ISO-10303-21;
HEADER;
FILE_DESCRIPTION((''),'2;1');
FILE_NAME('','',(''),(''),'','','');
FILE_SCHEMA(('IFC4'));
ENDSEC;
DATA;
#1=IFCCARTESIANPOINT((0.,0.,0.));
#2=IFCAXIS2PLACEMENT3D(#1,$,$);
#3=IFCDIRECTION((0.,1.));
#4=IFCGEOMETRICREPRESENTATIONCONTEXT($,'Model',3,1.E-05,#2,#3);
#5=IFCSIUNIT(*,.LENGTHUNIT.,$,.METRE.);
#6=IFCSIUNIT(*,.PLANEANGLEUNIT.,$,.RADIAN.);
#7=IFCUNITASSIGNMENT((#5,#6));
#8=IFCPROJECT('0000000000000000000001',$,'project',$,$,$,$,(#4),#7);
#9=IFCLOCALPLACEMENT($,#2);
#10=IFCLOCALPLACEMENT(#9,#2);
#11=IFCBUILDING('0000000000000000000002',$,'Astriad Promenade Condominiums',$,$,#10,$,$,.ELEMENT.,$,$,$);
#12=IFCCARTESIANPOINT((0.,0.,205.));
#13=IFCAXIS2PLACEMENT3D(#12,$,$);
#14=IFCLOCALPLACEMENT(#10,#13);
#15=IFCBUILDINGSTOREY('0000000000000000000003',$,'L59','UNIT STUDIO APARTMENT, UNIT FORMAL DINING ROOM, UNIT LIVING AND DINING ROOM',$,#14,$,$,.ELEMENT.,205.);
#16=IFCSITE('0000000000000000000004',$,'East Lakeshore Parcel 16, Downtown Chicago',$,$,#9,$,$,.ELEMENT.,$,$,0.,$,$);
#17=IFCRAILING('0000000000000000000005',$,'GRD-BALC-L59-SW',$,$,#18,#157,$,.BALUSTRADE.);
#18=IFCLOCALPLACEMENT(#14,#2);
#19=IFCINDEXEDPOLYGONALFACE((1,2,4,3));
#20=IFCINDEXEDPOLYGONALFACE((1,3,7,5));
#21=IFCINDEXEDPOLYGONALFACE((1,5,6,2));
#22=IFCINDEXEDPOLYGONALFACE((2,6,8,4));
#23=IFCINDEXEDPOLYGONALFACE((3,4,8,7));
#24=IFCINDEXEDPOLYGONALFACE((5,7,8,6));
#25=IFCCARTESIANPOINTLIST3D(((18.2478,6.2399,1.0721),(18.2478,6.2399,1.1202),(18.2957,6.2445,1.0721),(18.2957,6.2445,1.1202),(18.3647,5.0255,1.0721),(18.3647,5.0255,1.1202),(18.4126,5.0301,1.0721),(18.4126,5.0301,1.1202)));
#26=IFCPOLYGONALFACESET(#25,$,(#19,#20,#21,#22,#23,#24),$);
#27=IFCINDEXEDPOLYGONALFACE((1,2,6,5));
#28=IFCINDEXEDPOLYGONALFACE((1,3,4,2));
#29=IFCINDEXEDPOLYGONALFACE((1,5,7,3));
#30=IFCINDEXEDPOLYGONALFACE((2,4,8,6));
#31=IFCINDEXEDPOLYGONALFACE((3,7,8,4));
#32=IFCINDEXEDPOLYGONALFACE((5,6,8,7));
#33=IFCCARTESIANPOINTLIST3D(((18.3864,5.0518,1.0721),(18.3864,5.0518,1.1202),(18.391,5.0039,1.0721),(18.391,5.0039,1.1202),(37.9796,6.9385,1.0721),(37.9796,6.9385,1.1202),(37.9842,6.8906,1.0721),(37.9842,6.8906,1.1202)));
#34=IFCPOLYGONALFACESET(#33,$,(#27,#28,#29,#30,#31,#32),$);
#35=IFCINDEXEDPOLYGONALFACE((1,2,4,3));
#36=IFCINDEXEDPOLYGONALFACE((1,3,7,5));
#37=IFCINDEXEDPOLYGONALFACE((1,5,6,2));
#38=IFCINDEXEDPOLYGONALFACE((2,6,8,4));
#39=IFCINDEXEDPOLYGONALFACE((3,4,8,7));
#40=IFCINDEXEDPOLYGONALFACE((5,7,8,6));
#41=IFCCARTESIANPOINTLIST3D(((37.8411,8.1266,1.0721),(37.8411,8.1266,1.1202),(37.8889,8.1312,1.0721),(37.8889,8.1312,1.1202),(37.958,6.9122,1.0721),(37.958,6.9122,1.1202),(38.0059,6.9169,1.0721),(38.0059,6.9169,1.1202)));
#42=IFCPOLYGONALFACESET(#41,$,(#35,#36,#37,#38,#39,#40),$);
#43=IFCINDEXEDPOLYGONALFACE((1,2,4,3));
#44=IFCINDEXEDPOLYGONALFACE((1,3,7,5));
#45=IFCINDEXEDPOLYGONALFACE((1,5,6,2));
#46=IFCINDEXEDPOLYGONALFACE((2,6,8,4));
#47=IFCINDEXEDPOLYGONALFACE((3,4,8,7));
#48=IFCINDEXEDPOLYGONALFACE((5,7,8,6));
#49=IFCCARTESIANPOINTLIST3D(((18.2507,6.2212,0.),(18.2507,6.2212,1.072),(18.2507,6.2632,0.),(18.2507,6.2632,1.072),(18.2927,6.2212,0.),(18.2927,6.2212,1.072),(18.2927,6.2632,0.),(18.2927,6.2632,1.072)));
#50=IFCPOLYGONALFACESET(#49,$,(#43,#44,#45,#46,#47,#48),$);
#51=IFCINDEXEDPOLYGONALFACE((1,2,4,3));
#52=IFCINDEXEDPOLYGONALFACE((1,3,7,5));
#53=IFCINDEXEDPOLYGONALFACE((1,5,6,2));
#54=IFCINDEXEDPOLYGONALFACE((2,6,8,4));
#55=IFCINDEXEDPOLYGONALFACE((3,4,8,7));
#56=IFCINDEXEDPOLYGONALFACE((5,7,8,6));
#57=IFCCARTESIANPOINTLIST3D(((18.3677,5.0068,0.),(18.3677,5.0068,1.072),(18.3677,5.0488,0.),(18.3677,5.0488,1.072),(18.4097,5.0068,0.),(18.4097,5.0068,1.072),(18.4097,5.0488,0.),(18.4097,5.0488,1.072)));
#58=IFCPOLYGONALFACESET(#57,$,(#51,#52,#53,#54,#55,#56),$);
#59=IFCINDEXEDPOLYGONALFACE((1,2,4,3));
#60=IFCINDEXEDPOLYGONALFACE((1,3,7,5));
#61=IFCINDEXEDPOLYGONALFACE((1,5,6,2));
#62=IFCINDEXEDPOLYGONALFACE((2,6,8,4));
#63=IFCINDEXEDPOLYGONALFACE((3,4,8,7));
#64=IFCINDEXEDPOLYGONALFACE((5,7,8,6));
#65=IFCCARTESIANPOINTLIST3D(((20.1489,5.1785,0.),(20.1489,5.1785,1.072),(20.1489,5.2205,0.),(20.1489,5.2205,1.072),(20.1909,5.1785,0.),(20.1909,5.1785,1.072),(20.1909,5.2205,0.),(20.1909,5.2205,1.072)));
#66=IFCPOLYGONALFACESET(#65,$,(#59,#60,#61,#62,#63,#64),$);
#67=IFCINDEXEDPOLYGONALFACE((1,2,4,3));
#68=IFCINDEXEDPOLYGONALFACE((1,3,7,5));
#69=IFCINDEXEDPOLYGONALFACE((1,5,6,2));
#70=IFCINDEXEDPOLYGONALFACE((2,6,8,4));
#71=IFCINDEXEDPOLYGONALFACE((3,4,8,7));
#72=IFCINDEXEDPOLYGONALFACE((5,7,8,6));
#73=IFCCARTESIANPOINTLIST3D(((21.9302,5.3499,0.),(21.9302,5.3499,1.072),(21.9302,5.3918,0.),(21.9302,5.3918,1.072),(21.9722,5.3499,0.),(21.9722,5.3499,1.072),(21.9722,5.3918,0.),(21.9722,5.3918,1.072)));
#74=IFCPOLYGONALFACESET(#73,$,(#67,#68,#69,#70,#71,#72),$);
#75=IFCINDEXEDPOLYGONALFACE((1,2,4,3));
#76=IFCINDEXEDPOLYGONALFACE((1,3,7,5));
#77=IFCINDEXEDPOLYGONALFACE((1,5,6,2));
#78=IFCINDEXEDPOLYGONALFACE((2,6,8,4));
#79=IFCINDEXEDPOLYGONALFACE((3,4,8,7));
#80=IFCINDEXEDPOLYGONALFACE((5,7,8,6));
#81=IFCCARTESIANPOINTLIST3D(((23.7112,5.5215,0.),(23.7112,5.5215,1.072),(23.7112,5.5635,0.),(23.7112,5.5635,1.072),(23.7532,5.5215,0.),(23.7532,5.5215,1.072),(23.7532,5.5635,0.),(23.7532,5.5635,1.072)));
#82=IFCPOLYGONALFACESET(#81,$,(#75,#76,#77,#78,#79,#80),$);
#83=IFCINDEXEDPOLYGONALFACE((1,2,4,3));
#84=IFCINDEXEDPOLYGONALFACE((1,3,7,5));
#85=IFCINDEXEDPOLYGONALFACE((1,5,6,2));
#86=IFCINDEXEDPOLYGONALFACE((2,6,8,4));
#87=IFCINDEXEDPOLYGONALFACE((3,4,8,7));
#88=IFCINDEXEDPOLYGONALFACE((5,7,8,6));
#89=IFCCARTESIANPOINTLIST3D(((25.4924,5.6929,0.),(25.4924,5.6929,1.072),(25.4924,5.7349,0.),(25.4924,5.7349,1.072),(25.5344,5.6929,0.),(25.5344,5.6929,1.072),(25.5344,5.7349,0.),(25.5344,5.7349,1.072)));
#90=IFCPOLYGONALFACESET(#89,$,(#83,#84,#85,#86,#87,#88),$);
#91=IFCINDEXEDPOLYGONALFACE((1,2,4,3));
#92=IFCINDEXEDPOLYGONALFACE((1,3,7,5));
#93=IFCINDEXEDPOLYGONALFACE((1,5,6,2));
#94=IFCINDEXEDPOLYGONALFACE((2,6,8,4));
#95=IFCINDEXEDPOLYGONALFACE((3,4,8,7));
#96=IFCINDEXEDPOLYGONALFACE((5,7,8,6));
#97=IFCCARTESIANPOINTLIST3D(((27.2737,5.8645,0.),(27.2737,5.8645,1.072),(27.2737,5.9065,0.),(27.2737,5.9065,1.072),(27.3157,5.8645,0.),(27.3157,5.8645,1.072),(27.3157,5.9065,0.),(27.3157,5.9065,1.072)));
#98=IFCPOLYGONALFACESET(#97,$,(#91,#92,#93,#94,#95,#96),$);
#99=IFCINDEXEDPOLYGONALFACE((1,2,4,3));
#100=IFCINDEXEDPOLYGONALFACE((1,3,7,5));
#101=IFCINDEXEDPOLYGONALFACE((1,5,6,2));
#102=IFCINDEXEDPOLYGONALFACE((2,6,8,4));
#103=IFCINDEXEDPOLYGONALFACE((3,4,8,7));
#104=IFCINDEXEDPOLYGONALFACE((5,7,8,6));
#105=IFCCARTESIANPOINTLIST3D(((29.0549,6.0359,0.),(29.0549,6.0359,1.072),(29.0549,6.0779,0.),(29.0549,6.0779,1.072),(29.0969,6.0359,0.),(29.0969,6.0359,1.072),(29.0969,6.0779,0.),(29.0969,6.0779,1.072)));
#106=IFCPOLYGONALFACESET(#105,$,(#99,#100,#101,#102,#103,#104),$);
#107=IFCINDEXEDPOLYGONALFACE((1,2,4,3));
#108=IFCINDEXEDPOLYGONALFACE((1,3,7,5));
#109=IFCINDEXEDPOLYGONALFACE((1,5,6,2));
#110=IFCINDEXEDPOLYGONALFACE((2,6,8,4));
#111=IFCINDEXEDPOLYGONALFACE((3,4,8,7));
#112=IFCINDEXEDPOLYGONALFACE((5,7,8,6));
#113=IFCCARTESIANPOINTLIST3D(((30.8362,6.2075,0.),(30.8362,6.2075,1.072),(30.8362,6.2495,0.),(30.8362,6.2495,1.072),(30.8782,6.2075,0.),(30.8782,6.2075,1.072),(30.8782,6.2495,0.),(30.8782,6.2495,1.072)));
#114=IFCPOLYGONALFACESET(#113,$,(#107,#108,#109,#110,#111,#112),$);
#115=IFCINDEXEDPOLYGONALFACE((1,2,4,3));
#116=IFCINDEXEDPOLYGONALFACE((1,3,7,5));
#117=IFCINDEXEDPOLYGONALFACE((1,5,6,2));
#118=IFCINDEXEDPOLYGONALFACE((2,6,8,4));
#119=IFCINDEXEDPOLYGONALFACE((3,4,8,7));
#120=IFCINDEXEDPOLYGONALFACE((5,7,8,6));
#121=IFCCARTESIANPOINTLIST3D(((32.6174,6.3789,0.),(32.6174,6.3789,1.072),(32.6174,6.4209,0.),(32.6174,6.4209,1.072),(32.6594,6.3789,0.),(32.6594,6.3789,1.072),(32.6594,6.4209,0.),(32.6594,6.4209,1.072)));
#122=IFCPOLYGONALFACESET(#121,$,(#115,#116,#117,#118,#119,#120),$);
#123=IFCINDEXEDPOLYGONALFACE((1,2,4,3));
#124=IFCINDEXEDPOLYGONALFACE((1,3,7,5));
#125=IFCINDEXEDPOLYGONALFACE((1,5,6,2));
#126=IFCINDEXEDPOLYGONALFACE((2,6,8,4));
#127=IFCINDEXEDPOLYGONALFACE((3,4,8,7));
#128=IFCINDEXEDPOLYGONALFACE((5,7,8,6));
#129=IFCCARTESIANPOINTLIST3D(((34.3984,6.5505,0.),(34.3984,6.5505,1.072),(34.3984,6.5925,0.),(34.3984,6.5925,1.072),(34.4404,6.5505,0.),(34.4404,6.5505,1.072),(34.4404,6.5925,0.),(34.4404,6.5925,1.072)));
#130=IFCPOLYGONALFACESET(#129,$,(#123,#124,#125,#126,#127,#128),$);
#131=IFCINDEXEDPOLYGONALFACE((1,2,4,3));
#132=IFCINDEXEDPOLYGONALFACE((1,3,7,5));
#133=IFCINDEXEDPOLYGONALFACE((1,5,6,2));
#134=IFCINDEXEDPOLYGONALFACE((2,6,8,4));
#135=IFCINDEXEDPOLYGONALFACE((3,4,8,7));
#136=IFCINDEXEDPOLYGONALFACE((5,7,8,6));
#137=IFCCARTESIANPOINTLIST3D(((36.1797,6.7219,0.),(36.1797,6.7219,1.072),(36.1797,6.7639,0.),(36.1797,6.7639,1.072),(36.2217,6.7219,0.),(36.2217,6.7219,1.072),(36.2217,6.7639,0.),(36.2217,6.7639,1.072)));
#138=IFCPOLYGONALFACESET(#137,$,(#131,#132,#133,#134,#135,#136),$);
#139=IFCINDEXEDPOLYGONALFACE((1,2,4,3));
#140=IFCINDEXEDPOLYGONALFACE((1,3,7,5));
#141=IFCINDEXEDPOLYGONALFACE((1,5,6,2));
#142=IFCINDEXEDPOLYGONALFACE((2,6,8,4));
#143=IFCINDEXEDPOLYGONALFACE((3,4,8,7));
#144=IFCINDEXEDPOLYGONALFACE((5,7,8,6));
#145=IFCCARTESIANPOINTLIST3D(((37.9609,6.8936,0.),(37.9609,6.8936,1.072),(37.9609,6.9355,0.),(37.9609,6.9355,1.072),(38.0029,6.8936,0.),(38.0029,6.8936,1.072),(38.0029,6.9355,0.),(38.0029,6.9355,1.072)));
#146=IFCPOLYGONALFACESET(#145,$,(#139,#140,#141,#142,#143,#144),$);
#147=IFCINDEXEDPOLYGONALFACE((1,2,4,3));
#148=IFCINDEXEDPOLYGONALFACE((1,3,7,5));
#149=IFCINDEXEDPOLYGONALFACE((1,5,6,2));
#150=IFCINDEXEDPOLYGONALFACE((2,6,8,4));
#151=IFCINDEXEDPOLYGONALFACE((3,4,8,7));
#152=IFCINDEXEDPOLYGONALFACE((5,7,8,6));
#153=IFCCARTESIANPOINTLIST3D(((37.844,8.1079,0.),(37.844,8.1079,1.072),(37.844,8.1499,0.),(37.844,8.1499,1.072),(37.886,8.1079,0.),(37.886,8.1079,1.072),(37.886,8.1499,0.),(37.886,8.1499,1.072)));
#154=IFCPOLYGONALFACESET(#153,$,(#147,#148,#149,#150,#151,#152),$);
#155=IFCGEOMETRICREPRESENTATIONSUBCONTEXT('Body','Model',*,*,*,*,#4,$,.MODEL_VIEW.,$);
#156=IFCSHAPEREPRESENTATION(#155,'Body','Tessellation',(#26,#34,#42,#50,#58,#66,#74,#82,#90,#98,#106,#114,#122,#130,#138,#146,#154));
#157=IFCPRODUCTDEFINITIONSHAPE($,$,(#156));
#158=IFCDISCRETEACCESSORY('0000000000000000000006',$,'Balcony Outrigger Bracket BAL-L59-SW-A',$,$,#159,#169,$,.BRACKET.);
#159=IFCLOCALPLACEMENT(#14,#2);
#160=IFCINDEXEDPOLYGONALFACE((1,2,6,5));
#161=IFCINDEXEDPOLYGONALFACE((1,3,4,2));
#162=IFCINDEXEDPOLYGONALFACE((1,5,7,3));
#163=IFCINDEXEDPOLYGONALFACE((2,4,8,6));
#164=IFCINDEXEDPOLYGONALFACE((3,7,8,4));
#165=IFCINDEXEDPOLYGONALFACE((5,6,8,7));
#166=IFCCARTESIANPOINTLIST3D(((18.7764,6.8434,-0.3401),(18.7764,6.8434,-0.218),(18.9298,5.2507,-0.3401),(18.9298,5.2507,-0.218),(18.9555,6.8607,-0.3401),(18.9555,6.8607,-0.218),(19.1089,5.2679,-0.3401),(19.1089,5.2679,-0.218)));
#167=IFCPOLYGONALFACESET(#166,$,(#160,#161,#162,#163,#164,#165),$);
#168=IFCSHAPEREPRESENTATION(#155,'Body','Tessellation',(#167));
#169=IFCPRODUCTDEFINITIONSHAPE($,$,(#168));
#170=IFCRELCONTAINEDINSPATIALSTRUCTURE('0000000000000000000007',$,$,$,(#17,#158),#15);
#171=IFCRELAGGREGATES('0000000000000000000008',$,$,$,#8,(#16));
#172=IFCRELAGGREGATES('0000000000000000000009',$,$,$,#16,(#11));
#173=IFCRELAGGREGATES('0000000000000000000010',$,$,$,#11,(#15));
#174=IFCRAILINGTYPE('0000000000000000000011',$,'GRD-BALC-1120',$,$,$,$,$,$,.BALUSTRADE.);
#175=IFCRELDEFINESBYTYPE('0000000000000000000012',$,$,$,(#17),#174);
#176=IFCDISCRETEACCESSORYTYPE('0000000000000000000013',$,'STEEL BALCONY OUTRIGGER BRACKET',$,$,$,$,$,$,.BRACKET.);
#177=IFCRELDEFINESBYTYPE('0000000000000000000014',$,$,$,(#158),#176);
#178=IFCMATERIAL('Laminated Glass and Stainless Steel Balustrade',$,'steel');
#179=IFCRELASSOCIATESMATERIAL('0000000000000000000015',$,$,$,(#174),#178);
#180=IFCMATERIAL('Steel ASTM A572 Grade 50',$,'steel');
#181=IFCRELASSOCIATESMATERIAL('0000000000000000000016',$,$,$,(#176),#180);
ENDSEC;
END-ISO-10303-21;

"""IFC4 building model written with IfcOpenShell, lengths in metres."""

from ifc_helpers import new_model, si_unit, direction, frame, origin, origin_2d, place, context, subcontext, project, spatial, rectangle, extrude, source, transform, mapped, material, type_object, type_shapes, element, save


model = new_model("IFC4")

# Units and contexts
model_context = context("Model", 3, precision=1e-05, world=origin(), true_north=direction((0.0, 1.0)))
body_context = subcontext(model_context, "Body", "Model", "MODEL_VIEW")
ifc_project = project(units=[si_unit("LENGTHUNIT", "METRE"), si_unit("PLANEANGLEUNIT", "RADIAN")], contexts=[model_context])

# Site, building, storey
site_placement = place(None, origin())
site = spatial("IfcSite", under=ifc_project, at=site_placement, Name="East Lakeshore Parcel 16, Downtown Chicago", CompositionType="ELEMENT", RefElevation=0.0)
building_placement = place(site_placement, origin())
building = spatial("IfcBuilding", under=site, at=building_placement, Name="Astriad Promenade Condominiums", CompositionType="ELEMENT")
storey_placement = place(building_placement, frame((0.0, 0.0, 205.0)))
storey = spatial("IfcBuildingStorey", under=building, at=storey_placement, Name="L59", Description="UNIT STUDIO APARTMENT, UNIT FORMAL DINING ROOM, UNIT LIVING AND DINING ROOM", CompositionType="ELEMENT", Elevation=205.0)

# Railing
ifc_material_1 = material(Name="Laminated Glass and Stainless Steel Balustrade", Category="steel")
railing_type = type_object("IfcRailingType", Name="GRD-BALC-1120", PredefinedType="BALUSTRADE", material=ifc_material_1)
shared_shape_1 = source(origin(), body_context, "Body", "SweptSolid", [
    extrude(rectangle(XDim=0.0481, YDim=0.0481, at=origin_2d()), frame((0.0, 0.0, 1.0962), z_axis=(0.095857, -0.995395, 0.0), x_axis=(0.995395, 0.095857, 0.0)), (0.0, 0.0, 1.0), 1.22),
    extrude(rectangle(XDim=0.0481, YDim=0.0481, at=origin_2d()), frame((0.1169, -1.2144, 1.0962), z_axis=(0.995396, 0.095851, 0.0), x_axis=(-0.095851, 0.995396, 0.0)), (0.0, 0.0, 1.0), 19.6838),
    extrude(rectangle(XDim=0.0481, YDim=0.0481, at=origin_2d()), frame((19.7102, 0.6724, 1.0962), z_axis=(-0.095857, 0.995395, 0.0), x_axis=(-0.995395, -0.095857, 0.0)), (0.0, 0.0, 1.0), 1.22),
    extrude(rectangle(XDim=0.042, YDim=0.042, at=origin_2d()), origin(), (0.0, 0.0, 1.0), 1.072),
    extrude(rectangle(XDim=0.042, YDim=0.042, at=origin_2d()), frame((0.1169, -1.2144, 0.0)), (0.0, 0.0, 1.0), 1.072),
    extrude(rectangle(XDim=0.042, YDim=0.042, at=origin_2d()), frame((1.8982, -1.0427, 0.0)), (0.0, 0.0, 1.0), 1.072),
    extrude(rectangle(XDim=0.042, YDim=0.042, at=origin_2d()), frame((3.6794, -0.8713, 0.0)), (0.0, 0.0, 1.0), 1.072),
    extrude(rectangle(XDim=0.042, YDim=0.042, at=origin_2d()), frame((5.4604, -0.6997, 0.0)), (0.0, 0.0, 1.0), 1.072),
    extrude(rectangle(XDim=0.042, YDim=0.042, at=origin_2d()), frame((7.2417, -0.5283, 0.0)), (0.0, 0.0, 1.0), 1.072),
    extrude(rectangle(XDim=0.042, YDim=0.042, at=origin_2d()), frame((9.0229, -0.3567, 0.0)), (0.0, 0.0, 1.0), 1.072),
    extrude(rectangle(XDim=0.042, YDim=0.042, at=origin_2d()), frame((10.8042, -0.1853, 0.0)), (0.0, 0.0, 1.0), 1.072),
    extrude(rectangle(XDim=0.042, YDim=0.042, at=origin_2d()), frame((12.5854, -0.0137, 0.0)), (0.0, 0.0, 1.0), 1.072),
    extrude(rectangle(XDim=0.042, YDim=0.042, at=origin_2d()), frame((14.3667, 0.1577, 0.0)), (0.0, 0.0, 1.0), 1.072),
    extrude(rectangle(XDim=0.042, YDim=0.042, at=origin_2d()), frame((16.1477, 0.3293, 0.0)), (0.0, 0.0, 1.0), 1.072),
    extrude(rectangle(XDim=0.042, YDim=0.042, at=origin_2d()), frame((17.929, 0.5007, 0.0)), (0.0, 0.0, 1.0), 1.072),
    extrude(rectangle(XDim=0.042, YDim=0.042, at=origin_2d()), frame((19.7102, 0.6724, 0.0)), (0.0, 0.0, 1.0), 1.072),
    extrude(rectangle(XDim=0.042, YDim=0.042, at=origin_2d()), frame((19.5933, 1.8867, 0.0)), (0.0, 0.0, 1.0), 1.072),
])
type_shapes(railing_type, [shared_shape_1])
railing_placement = place(storey_placement, frame((18.2717, 6.2422, 0.0)))
element("IfcRailing", 1, at=railing_placement, inside=storey, type_object=railing_type, Name="GRD-BALC-L59-SW", PredefinedType="BALUSTRADE", context=body_context, shape_type="MappedRepresentation", body=[
    mapped(shared_shape_1, transform((0.0, 0.0, 0.0), scale=1.0)),
])

# Discrete accessory
ifc_material_2 = material(Name="Steel ASTM A572 Grade 50", Category="steel")
discrete_accessory_type = type_object("IfcDiscreteAccessoryType", Name="STEEL BALCONY OUTRIGGER BRACKET", PredefinedType="BRACKET", material=ifc_material_2)
shared_shape_2 = source(origin(), body_context, "Body", "SweptSolid", [
    extrude(rectangle(XDim=1.6001, YDim=0.1799, at=origin_2d()), origin(), (0.0, 0.0, 1.0), 0.1221),
])
type_shapes(discrete_accessory_type, [shared_shape_2])
discrete_accessory_placement = place(storey_placement, frame((18.9426, 6.0557, -0.3401), z_axis=(0.0, 0.0, 1.0), x_axis=(0.095846, -0.995396, 0.0)))
element("IfcDiscreteAccessory", 2, at=discrete_accessory_placement, inside=storey, type_object=discrete_accessory_type, Name="Balcony Outrigger Bracket BAL-L59-SW-A", PredefinedType="BRACKET", context=body_context, shape_type="MappedRepresentation", body=[
    mapped(shared_shape_2, transform((0.0, 0.0, 0.0), scale=1.0)),
])

save(model, "model.ifc")
